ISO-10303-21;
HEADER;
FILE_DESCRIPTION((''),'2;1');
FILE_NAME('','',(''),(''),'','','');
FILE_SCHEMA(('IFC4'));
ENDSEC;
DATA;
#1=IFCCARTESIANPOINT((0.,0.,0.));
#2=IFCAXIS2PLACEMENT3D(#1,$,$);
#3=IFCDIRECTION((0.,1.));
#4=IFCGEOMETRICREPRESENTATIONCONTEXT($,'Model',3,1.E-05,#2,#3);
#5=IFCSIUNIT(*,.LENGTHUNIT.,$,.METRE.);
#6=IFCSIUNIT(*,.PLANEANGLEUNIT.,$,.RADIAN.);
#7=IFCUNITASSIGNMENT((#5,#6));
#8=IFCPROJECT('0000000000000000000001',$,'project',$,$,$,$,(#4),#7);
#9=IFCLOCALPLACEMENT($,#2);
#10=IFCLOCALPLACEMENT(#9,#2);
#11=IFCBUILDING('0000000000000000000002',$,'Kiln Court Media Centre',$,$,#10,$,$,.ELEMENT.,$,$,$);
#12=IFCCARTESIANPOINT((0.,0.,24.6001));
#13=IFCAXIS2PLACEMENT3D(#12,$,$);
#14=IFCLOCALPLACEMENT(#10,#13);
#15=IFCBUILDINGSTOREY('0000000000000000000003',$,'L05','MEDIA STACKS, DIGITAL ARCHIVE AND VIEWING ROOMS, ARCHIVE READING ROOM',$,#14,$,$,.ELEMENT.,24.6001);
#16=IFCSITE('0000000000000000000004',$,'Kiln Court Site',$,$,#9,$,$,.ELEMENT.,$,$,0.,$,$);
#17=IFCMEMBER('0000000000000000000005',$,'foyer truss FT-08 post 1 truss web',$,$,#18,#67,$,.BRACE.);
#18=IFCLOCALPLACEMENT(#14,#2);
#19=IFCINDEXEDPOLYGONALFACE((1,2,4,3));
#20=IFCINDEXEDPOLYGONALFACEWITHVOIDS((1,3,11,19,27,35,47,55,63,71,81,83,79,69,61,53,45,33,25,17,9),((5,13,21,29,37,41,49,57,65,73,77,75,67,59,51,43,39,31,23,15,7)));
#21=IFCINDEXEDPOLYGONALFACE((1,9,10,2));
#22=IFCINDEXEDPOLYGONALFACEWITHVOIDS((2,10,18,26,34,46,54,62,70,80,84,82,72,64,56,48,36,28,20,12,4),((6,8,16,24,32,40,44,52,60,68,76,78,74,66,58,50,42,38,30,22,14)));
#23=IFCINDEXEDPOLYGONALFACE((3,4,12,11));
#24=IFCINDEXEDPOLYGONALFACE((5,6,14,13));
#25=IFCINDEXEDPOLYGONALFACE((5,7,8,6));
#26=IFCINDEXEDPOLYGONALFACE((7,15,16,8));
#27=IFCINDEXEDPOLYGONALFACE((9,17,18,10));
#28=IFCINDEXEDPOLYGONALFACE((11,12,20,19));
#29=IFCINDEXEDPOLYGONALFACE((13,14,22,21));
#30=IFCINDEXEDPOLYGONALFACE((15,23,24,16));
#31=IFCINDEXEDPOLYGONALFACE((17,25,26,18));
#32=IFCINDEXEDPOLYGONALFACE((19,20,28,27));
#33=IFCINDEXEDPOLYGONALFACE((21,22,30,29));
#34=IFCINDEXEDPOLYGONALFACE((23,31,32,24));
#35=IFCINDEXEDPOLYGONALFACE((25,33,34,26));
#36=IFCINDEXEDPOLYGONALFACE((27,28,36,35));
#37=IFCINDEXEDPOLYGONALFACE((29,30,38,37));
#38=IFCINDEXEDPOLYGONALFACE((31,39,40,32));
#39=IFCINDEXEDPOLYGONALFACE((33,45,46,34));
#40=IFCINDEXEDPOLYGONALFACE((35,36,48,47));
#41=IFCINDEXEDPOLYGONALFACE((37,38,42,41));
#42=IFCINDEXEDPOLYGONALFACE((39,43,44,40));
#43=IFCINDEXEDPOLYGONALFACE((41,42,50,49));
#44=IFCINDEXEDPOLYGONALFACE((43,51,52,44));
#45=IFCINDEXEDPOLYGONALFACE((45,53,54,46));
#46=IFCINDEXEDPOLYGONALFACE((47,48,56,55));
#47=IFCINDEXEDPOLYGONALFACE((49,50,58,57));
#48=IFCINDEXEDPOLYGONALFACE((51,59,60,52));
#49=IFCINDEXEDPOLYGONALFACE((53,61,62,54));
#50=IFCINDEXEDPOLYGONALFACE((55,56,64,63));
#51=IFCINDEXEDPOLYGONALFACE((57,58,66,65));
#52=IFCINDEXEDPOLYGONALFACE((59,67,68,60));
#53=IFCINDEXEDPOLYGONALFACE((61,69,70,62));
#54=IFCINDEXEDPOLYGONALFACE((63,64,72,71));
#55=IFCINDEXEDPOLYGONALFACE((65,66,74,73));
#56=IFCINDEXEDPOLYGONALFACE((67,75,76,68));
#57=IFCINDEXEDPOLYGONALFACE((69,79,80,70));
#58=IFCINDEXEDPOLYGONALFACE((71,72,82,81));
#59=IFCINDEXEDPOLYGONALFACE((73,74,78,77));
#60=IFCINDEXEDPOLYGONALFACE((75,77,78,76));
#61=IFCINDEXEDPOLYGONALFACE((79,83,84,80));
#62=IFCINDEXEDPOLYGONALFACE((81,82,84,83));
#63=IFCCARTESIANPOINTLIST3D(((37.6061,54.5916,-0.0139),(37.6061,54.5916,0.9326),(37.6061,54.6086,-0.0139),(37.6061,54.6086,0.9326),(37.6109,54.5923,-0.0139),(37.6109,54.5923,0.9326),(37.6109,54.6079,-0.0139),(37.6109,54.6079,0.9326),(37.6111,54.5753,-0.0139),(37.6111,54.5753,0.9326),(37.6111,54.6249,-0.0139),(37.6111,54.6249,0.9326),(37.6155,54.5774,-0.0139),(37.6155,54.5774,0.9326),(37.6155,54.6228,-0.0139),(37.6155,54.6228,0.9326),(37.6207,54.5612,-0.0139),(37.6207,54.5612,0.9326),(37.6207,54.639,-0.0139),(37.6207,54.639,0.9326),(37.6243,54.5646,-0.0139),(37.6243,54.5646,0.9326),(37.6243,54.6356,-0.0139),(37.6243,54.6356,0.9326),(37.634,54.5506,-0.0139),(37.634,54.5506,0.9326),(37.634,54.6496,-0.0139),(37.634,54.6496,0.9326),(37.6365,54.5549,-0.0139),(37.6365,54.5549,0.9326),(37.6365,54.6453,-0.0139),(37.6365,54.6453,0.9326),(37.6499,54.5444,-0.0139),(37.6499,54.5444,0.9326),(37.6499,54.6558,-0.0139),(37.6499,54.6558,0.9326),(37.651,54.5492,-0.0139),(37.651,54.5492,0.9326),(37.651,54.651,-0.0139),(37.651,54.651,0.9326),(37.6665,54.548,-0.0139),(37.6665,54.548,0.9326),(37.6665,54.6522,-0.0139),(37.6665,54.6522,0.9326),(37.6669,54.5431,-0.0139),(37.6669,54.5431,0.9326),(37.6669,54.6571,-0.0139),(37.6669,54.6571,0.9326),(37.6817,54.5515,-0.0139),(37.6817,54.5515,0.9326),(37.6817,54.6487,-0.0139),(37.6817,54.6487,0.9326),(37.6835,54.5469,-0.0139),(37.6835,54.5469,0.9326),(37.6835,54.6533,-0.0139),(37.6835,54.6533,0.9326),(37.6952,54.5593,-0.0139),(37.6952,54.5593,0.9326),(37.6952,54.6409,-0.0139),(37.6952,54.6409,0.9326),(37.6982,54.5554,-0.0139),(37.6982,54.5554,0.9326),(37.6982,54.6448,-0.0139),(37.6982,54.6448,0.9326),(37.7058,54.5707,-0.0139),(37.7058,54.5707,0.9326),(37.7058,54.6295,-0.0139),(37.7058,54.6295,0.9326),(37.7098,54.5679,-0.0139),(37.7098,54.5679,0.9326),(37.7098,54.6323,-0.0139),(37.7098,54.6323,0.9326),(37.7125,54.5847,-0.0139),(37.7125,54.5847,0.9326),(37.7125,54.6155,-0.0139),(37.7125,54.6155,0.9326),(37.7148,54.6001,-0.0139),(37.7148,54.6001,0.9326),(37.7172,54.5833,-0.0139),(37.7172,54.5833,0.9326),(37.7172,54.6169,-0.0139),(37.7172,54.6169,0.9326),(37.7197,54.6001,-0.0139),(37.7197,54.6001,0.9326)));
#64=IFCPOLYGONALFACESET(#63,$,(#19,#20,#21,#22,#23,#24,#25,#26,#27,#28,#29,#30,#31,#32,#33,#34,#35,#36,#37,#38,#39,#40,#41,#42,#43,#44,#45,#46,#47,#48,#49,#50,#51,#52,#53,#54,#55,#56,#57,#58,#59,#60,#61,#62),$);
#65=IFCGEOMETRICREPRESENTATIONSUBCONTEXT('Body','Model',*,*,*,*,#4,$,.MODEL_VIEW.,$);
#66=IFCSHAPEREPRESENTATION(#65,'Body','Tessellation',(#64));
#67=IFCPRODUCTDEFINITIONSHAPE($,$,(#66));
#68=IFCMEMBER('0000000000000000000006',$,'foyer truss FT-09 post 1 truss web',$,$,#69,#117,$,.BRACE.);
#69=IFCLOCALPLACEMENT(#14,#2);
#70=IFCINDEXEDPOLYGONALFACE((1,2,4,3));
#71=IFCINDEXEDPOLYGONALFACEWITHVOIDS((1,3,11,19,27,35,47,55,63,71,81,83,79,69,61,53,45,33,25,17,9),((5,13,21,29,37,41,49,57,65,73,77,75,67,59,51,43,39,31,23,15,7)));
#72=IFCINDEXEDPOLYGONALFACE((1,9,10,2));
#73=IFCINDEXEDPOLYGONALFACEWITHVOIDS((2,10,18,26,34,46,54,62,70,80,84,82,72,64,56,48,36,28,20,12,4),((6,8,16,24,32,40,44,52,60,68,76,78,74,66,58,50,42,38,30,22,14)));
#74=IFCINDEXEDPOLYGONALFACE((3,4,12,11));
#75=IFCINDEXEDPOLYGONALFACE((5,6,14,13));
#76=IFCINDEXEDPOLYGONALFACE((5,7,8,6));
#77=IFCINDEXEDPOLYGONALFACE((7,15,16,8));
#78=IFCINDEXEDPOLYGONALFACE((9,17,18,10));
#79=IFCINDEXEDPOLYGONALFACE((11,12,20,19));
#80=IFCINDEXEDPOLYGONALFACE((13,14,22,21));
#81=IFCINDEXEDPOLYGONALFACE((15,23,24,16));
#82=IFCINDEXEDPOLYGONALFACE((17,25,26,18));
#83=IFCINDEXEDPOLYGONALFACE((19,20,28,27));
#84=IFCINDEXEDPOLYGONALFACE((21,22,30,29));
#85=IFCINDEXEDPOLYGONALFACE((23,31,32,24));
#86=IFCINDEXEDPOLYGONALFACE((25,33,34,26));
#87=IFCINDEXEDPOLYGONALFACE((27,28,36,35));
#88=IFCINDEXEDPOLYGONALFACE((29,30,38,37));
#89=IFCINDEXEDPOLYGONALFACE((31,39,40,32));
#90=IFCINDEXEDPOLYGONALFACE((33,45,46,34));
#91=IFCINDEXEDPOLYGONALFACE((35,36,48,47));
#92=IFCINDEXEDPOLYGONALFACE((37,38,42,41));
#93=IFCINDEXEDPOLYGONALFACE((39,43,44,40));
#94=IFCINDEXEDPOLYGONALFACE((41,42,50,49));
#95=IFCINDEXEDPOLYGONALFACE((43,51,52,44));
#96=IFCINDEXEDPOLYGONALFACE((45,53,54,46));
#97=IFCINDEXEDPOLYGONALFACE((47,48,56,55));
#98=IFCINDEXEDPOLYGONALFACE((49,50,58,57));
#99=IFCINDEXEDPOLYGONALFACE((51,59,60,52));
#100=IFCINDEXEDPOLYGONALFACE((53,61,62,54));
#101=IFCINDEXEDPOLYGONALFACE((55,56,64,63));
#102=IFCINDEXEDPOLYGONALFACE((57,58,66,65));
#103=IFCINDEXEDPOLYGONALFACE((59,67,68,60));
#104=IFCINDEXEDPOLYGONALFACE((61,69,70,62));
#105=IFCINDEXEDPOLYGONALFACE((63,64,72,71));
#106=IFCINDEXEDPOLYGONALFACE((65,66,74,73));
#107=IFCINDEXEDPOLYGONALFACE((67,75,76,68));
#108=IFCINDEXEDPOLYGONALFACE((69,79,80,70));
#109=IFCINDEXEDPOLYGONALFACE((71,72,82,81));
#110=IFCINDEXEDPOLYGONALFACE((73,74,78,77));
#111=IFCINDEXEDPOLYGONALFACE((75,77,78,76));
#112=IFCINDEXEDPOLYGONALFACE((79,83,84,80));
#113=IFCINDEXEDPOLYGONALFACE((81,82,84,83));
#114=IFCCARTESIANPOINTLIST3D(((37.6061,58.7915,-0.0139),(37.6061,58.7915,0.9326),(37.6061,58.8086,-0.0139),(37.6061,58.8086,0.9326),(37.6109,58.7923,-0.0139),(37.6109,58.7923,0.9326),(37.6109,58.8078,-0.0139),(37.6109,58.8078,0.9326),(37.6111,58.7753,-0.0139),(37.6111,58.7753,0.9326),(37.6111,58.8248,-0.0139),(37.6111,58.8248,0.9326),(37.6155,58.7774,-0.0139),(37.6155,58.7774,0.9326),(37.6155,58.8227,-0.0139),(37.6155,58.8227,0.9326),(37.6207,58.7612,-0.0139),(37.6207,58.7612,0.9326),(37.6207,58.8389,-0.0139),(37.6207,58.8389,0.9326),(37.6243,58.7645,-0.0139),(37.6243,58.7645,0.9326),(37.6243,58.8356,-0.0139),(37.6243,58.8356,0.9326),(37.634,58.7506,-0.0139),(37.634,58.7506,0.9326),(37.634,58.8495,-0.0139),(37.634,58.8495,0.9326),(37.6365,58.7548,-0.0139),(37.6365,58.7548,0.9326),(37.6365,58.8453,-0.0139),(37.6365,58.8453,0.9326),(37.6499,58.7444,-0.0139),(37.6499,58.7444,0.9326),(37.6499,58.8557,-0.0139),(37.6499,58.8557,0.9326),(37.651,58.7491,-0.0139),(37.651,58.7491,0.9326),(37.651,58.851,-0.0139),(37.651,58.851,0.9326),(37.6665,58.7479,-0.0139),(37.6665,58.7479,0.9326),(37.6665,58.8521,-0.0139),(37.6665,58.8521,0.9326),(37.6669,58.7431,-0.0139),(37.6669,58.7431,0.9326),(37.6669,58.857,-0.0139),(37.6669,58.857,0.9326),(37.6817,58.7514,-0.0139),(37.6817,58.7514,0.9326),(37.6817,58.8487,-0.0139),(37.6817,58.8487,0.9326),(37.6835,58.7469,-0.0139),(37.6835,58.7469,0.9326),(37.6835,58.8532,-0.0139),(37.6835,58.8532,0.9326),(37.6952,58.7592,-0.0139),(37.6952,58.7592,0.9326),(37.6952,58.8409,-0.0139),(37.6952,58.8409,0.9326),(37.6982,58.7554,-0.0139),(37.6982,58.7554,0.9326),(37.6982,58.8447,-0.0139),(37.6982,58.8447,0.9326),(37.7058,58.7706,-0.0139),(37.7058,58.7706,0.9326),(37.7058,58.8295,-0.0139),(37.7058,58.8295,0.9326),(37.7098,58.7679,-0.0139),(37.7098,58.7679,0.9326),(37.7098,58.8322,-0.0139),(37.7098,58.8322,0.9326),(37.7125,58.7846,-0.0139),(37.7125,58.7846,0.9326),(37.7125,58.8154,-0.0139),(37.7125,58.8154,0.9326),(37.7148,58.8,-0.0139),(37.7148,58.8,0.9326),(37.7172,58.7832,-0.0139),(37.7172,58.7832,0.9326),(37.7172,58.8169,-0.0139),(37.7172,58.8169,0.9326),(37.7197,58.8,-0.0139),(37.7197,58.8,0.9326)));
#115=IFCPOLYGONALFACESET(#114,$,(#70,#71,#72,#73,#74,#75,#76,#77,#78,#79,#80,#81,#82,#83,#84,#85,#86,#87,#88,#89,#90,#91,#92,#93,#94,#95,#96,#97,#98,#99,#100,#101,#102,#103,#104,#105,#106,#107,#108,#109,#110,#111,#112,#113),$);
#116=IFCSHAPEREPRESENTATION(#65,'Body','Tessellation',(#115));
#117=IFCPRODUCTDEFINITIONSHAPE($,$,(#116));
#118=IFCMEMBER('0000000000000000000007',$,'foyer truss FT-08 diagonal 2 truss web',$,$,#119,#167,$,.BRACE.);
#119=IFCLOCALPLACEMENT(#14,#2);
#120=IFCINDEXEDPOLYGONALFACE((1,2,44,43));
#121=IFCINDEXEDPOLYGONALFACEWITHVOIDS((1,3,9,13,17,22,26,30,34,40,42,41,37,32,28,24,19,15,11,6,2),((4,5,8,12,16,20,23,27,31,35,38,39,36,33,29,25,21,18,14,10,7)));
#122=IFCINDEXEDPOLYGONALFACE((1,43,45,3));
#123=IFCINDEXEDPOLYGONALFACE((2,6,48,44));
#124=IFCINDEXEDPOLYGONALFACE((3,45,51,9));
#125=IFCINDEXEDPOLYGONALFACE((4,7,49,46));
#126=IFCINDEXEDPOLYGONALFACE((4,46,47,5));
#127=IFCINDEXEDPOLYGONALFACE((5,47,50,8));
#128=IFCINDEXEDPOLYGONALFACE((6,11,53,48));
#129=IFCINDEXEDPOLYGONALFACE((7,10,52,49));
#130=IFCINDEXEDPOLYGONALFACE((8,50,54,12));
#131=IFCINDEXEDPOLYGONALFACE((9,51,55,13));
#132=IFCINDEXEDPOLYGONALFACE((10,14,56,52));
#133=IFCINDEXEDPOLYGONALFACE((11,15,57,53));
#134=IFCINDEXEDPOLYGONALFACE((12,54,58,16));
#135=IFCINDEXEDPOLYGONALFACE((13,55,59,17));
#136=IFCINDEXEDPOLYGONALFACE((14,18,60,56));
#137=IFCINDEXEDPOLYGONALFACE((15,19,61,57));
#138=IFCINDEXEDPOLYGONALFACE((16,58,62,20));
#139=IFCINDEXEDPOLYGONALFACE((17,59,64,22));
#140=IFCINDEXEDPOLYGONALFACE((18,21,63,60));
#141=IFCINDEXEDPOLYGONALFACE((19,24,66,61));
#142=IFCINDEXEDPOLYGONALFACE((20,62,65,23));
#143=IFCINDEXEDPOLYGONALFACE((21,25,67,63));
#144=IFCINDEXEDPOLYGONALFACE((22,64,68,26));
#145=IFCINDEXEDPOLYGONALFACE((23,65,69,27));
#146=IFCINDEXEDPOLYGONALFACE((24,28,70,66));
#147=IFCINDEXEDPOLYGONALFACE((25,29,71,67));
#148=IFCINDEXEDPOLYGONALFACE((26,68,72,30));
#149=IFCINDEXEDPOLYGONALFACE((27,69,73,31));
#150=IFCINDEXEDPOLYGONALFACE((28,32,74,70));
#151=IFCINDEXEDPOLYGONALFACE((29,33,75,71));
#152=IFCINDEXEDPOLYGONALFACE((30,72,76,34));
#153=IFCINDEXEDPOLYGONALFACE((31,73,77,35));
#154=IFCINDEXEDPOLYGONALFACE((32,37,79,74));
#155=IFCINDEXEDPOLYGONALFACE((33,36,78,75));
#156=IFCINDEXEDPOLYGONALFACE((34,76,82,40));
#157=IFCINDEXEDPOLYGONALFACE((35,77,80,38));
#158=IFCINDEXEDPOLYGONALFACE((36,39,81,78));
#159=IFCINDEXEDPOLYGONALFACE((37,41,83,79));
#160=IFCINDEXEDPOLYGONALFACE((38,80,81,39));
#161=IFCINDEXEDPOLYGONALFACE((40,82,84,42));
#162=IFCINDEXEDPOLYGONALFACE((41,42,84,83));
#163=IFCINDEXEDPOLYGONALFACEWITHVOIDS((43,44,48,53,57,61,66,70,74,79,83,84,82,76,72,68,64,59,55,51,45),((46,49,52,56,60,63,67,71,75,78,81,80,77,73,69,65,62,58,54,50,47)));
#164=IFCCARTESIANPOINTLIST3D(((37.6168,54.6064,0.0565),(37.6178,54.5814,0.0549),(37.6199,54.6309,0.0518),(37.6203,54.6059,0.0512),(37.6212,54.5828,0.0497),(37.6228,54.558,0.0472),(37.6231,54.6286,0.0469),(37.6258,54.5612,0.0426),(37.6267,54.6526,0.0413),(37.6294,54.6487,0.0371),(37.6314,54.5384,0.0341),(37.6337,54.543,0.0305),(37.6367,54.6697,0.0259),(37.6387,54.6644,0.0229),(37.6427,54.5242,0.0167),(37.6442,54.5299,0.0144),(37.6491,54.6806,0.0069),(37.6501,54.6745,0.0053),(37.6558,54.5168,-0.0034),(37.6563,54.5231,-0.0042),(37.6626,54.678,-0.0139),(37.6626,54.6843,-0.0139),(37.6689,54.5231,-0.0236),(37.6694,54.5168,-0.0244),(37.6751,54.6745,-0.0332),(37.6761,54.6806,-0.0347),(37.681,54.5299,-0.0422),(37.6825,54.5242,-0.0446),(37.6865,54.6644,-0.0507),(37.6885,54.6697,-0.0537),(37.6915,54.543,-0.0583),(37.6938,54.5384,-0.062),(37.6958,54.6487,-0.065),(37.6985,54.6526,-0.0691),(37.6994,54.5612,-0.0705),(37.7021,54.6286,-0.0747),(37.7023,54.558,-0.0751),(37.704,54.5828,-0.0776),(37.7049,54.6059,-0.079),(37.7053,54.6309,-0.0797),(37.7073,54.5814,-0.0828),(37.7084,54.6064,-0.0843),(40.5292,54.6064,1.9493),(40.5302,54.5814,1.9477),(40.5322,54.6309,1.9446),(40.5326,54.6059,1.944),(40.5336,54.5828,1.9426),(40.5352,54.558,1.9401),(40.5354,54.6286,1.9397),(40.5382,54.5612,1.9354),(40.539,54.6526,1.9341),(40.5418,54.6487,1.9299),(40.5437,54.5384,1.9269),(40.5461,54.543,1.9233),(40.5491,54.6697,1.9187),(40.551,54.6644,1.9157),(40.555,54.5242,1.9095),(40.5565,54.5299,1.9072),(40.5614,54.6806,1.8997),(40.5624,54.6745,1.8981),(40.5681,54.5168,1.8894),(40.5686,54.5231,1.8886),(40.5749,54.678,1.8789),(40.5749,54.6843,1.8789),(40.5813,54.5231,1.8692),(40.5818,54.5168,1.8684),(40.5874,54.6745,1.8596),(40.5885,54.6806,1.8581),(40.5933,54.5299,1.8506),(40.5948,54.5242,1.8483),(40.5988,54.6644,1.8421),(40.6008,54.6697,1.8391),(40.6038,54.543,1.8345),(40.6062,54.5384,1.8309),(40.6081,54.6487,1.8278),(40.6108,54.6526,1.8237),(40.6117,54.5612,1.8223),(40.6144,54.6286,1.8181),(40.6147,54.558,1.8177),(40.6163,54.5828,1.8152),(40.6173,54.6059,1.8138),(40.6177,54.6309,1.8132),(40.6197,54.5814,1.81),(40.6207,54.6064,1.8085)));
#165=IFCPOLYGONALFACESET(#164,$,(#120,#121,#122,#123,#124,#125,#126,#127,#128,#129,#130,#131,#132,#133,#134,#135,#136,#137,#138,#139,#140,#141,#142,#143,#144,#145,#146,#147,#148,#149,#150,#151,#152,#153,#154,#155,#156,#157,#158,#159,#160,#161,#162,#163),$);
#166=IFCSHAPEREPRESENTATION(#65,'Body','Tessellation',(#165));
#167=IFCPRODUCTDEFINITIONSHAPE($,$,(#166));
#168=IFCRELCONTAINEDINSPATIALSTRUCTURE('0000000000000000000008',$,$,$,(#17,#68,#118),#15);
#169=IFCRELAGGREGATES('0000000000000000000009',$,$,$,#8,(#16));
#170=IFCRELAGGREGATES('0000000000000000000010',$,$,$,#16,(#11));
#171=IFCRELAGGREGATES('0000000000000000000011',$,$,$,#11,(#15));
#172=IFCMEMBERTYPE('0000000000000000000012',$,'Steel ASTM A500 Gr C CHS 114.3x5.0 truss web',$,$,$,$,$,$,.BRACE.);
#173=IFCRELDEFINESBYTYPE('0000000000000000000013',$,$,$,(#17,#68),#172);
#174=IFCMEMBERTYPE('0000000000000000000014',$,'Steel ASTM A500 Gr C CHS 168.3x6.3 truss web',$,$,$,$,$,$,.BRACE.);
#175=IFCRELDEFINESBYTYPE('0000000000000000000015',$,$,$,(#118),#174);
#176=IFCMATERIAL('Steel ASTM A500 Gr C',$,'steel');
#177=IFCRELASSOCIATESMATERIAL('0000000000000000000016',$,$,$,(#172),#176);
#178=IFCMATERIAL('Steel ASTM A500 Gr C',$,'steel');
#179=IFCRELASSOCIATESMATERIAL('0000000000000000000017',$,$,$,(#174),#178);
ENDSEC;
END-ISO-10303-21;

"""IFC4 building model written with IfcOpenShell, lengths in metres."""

from ifc_helpers import new_model, si_unit, direction, frame, origin, origin_2d, place, context, subcontext, project, spatial, hollow_circle, extrude, material, material_profile, profile_set, type_object, element, save


model = new_model("IFC4")

# Units and contexts
model_context = context("Model", 3, precision=1e-05, world=origin(), true_north=direction((0.0, 1.0)))
body_context = subcontext(model_context, "Body", "Model", "MODEL_VIEW")
ifc_project = project(units=[si_unit("LENGTHUNIT", "METRE"), si_unit("PLANEANGLEUNIT", "RADIAN")], contexts=[model_context])

# Site, building, storey
site_placement = place(None, origin())
site = spatial("IfcSite", under=ifc_project, at=site_placement, Name="Kiln Court Site", CompositionType="ELEMENT", RefElevation=0.0)
building_placement = place(site_placement, origin())
building = spatial("IfcBuilding", under=site, at=building_placement, Name="Kiln Court Media Centre", CompositionType="ELEMENT")
storey_placement = place(building_placement, frame((0.0, 0.0, 24.6001)))
storey = spatial("IfcBuildingStorey", under=building, at=storey_placement, Name="L05", Description="MEDIA STACKS, DIGITAL ARCHIVE AND VIEWING ROOMS, ARCHIVE READING ROOM", CompositionType="ELEMENT", Elevation=24.6001)

# Members
ifc_material_1 = material(Name="Steel ASTM A500 Gr C", Category="steel")
ifc_material_profile_1 = material_profile(ifc_material_1, hollow_circle(Radius=0.0571, WallThickness=0.0049, at=origin_2d()), Name="CHS 114.3x5.0")
ifc_profile_set_1 = profile_set([ifc_material_profile_1], Name="Steel ASTM A500 Gr C")
member_type_1 = type_object("IfcMemberType", Name="Steel ASTM A500 Gr C CHS 114.3x5.0 truss web", PredefinedType="BRACE", material=ifc_profile_set_1)
for number, where, z_axis, x_axis, name in (
    (1, (37.6626, 54.6001, -0.0139), (0.0, 0.0, 1.0), (1.0, 0.0, 0.0), "foyer truss FT-08 post 1 truss web"),
    (2, (37.6626, 58.8, -0.0139), (0.0, 0.0, 1.0), (1.0, 0.0, 0.0), "foyer truss FT-09 post 1 truss web"),
):
    element("IfcMember", number, at=place(storey_placement, frame(where, z_axis=z_axis, x_axis=x_axis)), inside=storey, type_object=member_type_1, Name=name, PredefinedType="BRACE", context=body_context, shape_type="SweptSolid", body=[
        extrude(hollow_circle(Radius=0.0571, WallThickness=0.0049, at=origin_2d()), origin(), (0.0, 0.0, 1.0), 0.9465),
    ])
ifc_material_2 = material(Name="Steel ASTM A500 Gr C", Category="steel")
ifc_material_profile_2 = material_profile(ifc_material_2, hollow_circle(Radius=0.0842, WallThickness=0.0063, at=origin_2d()), Name="CHS 168.3x6.3")
ifc_profile_set_2 = profile_set([ifc_material_profile_2], Name="Steel ASTM A500 Gr C")
member_type_2 = type_object("IfcMemberType", Name="Steel ASTM A500 Gr C CHS 168.3x6.3 truss web", PredefinedType="BRACE", material=ifc_profile_set_2)
for number, where, z_axis, x_axis, name in (
    (3, (37.6626, 54.6001, -0.0139), (0.838471, 0.0, 0.544946), (0.0, 1.0, 0.0), "foyer truss FT-08 diagonal 2 truss web"),
):
    element("IfcMember", number, at=place(storey_placement, frame(where, z_axis=z_axis, x_axis=x_axis)), inside=storey, type_object=member_type_2, Name=name, PredefinedType="BRACE", context=body_context, shape_type="SweptSolid", body=[
        extrude(hollow_circle(Radius=0.0842, WallThickness=0.0063, at=origin_2d()), origin(), (0.0, 0.0, 1.0), 3.4734),
    ])

save(model, "model.ifc")
